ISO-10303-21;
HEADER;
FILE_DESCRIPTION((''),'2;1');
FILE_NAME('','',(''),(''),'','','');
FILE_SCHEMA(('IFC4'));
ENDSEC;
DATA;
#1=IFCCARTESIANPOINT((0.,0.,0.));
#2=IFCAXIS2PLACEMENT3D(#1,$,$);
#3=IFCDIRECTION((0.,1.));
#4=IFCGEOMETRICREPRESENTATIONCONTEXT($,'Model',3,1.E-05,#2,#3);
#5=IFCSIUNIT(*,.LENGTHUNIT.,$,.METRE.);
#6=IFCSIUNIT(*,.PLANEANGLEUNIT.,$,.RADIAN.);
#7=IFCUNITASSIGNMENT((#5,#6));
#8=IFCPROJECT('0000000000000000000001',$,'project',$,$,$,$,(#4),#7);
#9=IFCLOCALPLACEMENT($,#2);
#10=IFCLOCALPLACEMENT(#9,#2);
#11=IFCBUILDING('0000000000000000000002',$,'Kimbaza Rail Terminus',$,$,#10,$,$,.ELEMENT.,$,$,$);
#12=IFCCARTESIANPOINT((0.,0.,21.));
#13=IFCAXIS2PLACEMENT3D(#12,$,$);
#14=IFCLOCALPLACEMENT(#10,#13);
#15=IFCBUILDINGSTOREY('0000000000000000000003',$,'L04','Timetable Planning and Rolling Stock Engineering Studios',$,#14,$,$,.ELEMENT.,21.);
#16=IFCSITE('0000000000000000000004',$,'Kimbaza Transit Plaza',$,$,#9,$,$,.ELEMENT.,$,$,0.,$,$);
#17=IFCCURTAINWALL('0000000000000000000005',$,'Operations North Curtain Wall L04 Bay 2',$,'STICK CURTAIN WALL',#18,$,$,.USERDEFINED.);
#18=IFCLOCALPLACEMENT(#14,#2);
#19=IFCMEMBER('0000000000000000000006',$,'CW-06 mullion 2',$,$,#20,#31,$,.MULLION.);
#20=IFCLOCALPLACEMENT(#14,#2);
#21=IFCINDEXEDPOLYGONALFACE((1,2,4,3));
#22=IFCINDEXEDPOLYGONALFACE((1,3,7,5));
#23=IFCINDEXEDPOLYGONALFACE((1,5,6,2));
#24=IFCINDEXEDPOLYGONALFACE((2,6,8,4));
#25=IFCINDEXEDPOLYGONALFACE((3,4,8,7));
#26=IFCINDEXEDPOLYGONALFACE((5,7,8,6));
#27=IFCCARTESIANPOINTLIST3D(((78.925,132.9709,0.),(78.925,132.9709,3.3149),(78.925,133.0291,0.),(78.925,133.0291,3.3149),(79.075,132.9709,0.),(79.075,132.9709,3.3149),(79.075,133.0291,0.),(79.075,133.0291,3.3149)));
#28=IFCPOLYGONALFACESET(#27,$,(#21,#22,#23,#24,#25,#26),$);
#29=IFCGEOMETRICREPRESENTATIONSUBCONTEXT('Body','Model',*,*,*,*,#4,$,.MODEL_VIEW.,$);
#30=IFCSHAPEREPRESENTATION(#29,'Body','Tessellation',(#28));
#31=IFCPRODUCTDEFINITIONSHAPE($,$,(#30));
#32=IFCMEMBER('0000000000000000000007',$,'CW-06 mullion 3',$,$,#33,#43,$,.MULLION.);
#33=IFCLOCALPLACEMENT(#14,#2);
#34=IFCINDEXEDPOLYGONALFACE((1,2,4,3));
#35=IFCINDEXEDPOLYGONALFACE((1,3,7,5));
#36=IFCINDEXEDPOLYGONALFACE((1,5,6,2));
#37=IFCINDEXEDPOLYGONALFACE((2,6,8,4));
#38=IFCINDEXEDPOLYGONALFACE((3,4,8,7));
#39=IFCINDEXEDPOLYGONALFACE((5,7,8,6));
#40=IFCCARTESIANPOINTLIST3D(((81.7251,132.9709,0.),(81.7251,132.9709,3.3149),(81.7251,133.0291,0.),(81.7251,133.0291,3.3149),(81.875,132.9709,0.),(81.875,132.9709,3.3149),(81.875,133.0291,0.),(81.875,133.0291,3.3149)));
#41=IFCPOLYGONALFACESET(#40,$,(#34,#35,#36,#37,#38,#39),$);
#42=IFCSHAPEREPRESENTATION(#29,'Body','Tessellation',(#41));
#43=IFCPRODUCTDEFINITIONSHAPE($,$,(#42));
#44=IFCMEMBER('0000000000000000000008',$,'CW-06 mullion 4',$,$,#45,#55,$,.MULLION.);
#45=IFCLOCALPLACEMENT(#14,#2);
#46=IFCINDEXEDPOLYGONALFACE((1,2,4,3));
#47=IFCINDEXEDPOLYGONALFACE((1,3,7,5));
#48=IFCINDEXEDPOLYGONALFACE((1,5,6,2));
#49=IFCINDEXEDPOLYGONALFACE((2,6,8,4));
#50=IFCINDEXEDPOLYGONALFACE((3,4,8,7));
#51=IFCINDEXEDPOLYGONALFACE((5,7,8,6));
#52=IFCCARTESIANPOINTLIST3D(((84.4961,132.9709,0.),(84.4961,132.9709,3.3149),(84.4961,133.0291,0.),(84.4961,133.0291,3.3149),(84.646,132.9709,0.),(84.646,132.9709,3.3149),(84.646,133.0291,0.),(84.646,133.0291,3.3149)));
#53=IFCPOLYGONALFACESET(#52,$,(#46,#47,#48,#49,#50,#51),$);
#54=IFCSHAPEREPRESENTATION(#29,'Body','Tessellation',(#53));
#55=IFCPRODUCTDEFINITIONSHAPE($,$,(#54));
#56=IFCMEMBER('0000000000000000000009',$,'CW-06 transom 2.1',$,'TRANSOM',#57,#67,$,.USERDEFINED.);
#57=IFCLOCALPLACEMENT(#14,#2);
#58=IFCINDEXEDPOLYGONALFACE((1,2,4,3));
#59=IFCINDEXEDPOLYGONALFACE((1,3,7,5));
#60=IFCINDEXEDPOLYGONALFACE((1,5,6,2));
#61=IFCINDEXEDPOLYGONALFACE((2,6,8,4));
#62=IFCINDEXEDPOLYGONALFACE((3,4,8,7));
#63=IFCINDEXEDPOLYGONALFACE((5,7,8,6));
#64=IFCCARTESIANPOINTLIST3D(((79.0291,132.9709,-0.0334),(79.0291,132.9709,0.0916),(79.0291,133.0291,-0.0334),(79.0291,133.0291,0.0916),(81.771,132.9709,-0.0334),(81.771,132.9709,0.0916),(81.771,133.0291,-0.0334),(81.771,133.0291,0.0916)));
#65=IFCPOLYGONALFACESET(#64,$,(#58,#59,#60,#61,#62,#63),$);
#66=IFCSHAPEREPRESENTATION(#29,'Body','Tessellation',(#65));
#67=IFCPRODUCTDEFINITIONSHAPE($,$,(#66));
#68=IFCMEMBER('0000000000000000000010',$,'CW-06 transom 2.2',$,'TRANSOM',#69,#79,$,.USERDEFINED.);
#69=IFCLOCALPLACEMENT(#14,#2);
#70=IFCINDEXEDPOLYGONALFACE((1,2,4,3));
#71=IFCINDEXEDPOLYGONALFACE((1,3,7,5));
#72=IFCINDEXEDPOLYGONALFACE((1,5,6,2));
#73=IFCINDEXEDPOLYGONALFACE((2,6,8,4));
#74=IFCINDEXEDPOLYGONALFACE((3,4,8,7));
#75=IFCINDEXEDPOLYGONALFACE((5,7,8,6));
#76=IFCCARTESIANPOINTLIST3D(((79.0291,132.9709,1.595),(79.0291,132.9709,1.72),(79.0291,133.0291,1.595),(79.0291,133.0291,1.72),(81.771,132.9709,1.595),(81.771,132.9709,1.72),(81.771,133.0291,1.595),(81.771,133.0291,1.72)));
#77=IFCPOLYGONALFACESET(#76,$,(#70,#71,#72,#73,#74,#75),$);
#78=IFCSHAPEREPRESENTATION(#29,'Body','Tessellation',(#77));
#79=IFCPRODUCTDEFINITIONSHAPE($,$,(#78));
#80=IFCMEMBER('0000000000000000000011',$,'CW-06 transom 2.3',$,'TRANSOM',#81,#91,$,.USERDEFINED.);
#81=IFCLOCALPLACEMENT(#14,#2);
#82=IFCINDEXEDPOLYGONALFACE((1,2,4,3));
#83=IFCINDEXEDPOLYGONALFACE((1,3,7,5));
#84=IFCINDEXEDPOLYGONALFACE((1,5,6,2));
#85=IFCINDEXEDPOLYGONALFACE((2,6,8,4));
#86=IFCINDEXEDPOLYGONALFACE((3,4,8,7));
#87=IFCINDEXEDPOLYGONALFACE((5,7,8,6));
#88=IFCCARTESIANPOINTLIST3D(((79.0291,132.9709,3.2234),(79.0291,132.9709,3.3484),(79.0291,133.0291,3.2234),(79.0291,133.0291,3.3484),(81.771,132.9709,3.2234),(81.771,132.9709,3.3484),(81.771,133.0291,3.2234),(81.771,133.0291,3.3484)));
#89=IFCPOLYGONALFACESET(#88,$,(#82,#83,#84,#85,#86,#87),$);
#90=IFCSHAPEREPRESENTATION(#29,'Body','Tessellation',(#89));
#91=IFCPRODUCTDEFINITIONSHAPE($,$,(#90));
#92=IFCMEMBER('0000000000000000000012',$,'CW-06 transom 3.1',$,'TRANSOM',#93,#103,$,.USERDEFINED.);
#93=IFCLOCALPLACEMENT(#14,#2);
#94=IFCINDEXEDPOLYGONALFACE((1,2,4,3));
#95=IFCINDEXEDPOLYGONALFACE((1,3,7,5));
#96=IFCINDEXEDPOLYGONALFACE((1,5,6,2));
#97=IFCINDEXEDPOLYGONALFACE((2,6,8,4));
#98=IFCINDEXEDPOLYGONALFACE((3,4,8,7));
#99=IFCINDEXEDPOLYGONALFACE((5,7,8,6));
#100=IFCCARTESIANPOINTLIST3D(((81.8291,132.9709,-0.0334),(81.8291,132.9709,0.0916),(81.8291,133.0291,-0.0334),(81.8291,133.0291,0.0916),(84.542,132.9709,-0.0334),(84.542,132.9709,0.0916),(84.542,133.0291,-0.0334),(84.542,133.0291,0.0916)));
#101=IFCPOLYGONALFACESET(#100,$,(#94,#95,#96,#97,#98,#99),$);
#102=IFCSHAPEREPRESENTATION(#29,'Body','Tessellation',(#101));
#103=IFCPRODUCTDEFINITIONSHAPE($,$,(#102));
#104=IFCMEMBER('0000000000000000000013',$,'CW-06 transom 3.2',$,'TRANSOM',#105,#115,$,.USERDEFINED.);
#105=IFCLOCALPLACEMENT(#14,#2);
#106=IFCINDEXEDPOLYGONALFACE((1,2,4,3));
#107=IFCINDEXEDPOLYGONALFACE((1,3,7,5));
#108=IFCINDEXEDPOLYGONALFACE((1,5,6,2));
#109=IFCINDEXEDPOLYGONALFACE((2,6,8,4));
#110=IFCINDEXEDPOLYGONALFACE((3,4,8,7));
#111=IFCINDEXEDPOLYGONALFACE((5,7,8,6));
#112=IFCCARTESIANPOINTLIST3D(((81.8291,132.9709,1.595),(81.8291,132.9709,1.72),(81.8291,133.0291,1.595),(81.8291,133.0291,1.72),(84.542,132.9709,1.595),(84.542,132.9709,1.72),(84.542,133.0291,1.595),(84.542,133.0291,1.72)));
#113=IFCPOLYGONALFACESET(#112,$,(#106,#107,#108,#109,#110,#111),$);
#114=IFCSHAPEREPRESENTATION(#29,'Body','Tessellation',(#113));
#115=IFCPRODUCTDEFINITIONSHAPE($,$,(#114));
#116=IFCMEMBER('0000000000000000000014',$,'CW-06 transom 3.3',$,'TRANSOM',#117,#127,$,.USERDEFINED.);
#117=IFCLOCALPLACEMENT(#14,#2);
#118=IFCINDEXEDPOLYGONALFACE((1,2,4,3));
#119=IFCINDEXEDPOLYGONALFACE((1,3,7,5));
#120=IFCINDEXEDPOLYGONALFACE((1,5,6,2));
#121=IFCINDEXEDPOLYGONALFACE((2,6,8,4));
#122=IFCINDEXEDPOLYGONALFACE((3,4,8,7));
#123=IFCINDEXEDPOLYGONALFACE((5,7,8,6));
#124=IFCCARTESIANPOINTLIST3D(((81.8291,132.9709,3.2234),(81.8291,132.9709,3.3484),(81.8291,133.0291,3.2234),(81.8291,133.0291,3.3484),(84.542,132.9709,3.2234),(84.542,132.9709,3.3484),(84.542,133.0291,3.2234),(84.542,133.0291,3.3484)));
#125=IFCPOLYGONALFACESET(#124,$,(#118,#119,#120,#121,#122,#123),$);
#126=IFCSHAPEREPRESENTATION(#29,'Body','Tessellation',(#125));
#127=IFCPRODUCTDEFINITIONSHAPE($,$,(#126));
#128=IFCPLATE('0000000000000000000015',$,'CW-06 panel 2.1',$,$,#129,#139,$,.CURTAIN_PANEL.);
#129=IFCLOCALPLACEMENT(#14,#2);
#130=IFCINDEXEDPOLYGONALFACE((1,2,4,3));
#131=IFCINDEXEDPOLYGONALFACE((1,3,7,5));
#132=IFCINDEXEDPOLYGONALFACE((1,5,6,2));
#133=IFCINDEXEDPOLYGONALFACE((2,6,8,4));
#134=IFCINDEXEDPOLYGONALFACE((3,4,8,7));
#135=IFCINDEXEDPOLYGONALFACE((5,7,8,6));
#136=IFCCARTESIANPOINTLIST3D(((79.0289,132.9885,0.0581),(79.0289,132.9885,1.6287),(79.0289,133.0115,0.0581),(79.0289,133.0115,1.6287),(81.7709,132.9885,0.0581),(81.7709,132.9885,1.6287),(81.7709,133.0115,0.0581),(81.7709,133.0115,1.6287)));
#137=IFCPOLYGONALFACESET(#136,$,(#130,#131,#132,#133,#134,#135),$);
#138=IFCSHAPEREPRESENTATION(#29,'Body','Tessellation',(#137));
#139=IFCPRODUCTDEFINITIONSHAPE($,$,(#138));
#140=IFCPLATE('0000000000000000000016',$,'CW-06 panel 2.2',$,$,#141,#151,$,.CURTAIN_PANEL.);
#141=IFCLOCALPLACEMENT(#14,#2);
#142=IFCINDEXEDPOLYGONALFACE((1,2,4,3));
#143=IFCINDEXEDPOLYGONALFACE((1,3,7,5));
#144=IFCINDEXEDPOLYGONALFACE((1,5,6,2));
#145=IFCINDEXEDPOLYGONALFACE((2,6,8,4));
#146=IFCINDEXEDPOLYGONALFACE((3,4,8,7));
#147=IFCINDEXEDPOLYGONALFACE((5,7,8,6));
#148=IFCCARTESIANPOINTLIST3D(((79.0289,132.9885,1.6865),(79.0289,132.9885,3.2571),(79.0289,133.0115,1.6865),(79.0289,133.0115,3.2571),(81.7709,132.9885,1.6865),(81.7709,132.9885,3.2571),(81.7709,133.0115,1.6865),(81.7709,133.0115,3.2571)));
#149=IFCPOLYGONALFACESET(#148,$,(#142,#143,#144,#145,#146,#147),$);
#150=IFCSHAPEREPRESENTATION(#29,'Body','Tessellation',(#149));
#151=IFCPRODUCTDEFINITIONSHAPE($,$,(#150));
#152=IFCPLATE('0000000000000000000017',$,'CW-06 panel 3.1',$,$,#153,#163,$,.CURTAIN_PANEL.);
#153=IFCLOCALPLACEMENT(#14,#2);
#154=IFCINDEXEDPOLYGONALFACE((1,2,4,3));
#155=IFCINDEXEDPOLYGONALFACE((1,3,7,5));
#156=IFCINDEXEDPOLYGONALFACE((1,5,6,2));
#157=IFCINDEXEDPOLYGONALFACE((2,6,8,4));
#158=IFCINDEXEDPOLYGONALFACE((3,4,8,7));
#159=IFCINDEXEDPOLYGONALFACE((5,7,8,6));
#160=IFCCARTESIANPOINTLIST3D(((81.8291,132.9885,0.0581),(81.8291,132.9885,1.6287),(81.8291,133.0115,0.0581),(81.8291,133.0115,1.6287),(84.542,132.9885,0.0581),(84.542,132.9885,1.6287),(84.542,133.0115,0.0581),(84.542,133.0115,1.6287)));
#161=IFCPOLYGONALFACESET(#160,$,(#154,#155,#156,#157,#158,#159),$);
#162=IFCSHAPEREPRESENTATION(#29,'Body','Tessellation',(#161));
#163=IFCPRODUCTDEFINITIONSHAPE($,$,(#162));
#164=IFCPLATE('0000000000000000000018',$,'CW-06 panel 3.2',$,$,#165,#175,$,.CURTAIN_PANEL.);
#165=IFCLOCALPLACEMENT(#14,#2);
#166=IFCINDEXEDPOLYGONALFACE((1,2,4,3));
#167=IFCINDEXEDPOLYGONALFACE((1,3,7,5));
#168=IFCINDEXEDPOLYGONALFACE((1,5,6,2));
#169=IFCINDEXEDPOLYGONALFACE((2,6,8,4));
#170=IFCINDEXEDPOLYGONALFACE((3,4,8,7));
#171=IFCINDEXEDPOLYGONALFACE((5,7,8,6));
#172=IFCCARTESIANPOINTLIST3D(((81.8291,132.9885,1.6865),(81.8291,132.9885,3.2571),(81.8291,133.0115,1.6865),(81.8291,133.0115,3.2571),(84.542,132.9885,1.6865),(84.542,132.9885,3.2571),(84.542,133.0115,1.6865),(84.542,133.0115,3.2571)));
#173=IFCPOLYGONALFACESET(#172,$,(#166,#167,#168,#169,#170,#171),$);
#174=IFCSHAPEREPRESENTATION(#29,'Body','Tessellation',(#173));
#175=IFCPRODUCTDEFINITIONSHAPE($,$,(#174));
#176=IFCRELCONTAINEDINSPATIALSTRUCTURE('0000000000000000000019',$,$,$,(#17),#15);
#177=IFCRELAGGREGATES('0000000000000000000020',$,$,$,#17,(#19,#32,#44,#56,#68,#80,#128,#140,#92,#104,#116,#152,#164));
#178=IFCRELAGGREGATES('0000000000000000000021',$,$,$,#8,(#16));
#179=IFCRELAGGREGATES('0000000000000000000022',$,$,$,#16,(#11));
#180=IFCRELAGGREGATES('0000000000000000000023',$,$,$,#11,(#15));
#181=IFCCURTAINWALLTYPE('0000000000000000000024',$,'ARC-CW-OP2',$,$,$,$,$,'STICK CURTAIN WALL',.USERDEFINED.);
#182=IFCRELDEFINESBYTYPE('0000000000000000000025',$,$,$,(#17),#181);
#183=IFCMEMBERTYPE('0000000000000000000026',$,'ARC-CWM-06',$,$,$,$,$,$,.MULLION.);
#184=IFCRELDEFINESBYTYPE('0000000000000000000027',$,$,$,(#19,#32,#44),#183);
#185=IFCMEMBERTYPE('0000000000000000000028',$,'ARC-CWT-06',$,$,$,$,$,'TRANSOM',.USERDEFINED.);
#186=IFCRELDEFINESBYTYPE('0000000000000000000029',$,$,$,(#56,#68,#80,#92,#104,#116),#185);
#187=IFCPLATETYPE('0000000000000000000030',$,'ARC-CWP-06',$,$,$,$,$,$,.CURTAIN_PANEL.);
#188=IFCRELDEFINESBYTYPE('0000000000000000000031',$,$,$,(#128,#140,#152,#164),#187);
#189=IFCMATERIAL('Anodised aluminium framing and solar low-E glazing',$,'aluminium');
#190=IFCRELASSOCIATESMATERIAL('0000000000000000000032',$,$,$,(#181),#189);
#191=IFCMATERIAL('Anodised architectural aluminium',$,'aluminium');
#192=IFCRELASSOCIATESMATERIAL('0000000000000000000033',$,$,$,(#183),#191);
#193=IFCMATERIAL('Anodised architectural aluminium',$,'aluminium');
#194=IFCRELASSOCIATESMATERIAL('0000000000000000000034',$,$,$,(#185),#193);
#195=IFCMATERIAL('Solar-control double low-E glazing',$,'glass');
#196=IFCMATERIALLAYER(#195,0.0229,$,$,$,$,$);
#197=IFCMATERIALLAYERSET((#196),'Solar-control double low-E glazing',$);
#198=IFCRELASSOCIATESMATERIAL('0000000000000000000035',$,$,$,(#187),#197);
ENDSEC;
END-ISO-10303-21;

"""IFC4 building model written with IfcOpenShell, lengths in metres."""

from ifc_helpers import new_model, si_unit, direction, frame, origin, origin_2d, place, context, subcontext, project, spatial, rectangle, extrude, material, layer, layer_set, material_profile, profile_set, type_object, element, aggregate, save


model = new_model("IFC4")

# Units and contexts
model_context = context("Model", 3, precision=1e-05, world=origin(), true_north=direction((0.0, 1.0)))
body_context = subcontext(model_context, "Body", "Model", "MODEL_VIEW")
ifc_project = project(units=[si_unit("LENGTHUNIT", "METRE"), si_unit("PLANEANGLEUNIT", "RADIAN")], contexts=[model_context])

# Site, building, storey
site_placement = place(None, origin())
site = spatial("IfcSite", under=ifc_project, at=site_placement, Name="Kimbaza Transit Plaza", CompositionType="ELEMENT", RefElevation=0.0)
building_placement = place(site_placement, origin())
building = spatial("IfcBuilding", under=site, at=building_placement, Name="Kimbaza Rail Terminus", CompositionType="ELEMENT")
storey_placement = place(building_placement, frame((0.0, 0.0, 21.0)))
storey = spatial("IfcBuildingStorey", under=building, at=storey_placement, Name="L04", Description="Timetable Planning and Rolling Stock Engineering Studios", CompositionType="ELEMENT", Elevation=21.0)

# Curtain wall, members, plates
ifc_material_1 = material(Name="Anodised aluminium framing and solar low-E glazing", Category="aluminium")
curtain_wall_type = type_object("IfcCurtainWallType", Name="ARC-CW-OP2", ElementType="STICK CURTAIN WALL", PredefinedType="USERDEFINED", material=ifc_material_1)
curtain_wall_placement = place(storey_placement, origin())
curtain_wall = element("IfcCurtainWall", 1, at=curtain_wall_placement, inside=storey, type_object=curtain_wall_type, Name="Operations North Curtain Wall L04 Bay 2", ObjectType="STICK CURTAIN WALL", PredefinedType="USERDEFINED")
ifc_material_2 = material(Name="Anodised architectural aluminium", Category="aluminium")
ifc_material_profile_1 = material_profile(ifc_material_2, rectangle(XDim=0.0581, YDim=0.1499, at=origin_2d()), Name="MULLION 58x150")
ifc_profile_set_1 = profile_set([ifc_material_profile_1], Name="Anodised architectural aluminium")
member_type_1 = type_object("IfcMemberType", Name="ARC-CWM-06", PredefinedType="MULLION", material=ifc_profile_set_1)
member_1_placement = place(storey_placement, frame((79.0, 133.0, 0.0), z_axis=(0.0, 0.0, 1.0), x_axis=(0.0, 1.0, 0.0)))
member_1 = element("IfcMember", 2, at=member_1_placement, type_object=member_type_1, Name="CW-06 mullion 2", PredefinedType="MULLION", context=body_context, shape_type="SweptSolid", body=[
    extrude(rectangle(XDim=0.0581, YDim=0.1499, at=origin_2d()), origin(), (0.0, 0.0, 1.0), 3.3149),
])
member_2_placement = place(storey_placement, frame((81.8, 133.0, 0.0), z_axis=(0.0, 0.0, 1.0), x_axis=(0.0, 1.0, 0.0)))
member_2 = element("IfcMember", 3, at=member_2_placement, type_object=member_type_1, Name="CW-06 mullion 3", PredefinedType="MULLION", context=body_context, shape_type="SweptSolid", body=[
    extrude(rectangle(XDim=0.0581, YDim=0.1499, at=origin_2d()), origin(), (0.0, 0.0, 1.0), 3.3149),
])
member_3_placement = place(storey_placement, frame((84.571, 133.0, 0.0), z_axis=(0.0, 0.0, 1.0), x_axis=(0.0, 1.0, 0.0)))
member_3 = element("IfcMember", 4, at=member_3_placement, type_object=member_type_1, Name="CW-06 mullion 4", PredefinedType="MULLION", context=body_context, shape_type="SweptSolid", body=[
    extrude(rectangle(XDim=0.0581, YDim=0.1499, at=origin_2d()), origin(), (0.0, 0.0, 1.0), 3.3149),
])
ifc_material_3 = material(Name="Anodised architectural aluminium", Category="aluminium")
ifc_material_profile_2 = material_profile(ifc_material_3, rectangle(XDim=0.0581, YDim=0.125, at=origin_2d()), Name="TRANSOM 58x125")
ifc_profile_set_2 = profile_set([ifc_material_profile_2], Name="Anodised architectural aluminium")
member_type_2 = type_object("IfcMemberType", Name="ARC-CWT-06", ElementType="TRANSOM", PredefinedType="USERDEFINED", material=ifc_profile_set_2)
member_4_placement = place(storey_placement, frame((79.0291, 133.0, 0.0291), z_axis=(1.0, 0.0, 0.0), x_axis=(0.0, 1.0, 0.0)))
member_4 = element("IfcMember", 5, at=member_4_placement, type_object=member_type_2, Name="CW-06 transom 2.1", ObjectType="TRANSOM", PredefinedType="USERDEFINED", context=body_context, shape_type="SweptSolid", body=[
    extrude(rectangle(XDim=0.0581, YDim=0.125, at=origin_2d()), origin(), (0.0, 0.0, 1.0), 2.7419),
])
member_5_placement = place(storey_placement, frame((79.0291, 133.0, 1.6575), z_axis=(1.0, 0.0, 0.0), x_axis=(0.0, 1.0, 0.0)))
member_5 = element("IfcMember", 6, at=member_5_placement, type_object=member_type_2, Name="CW-06 transom 2.2", ObjectType="TRANSOM", PredefinedType="USERDEFINED", context=body_context, shape_type="SweptSolid", body=[
    extrude(rectangle(XDim=0.0581, YDim=0.125, at=origin_2d()), origin(), (0.0, 0.0, 1.0), 2.7419),
])
member_6_placement = place(storey_placement, frame((79.0291, 133.0, 3.2859), z_axis=(1.0, 0.0, 0.0), x_axis=(0.0, 1.0, 0.0)))
member_6 = element("IfcMember", 7, at=member_6_placement, type_object=member_type_2, Name="CW-06 transom 2.3", ObjectType="TRANSOM", PredefinedType="USERDEFINED", context=body_context, shape_type="SweptSolid", body=[
    extrude(rectangle(XDim=0.0581, YDim=0.125, at=origin_2d()), origin(), (0.0, 0.0, 1.0), 2.7419),
])
member_7_placement = place(storey_placement, frame((81.8291, 133.0, 0.0291), z_axis=(1.0, 0.0, 0.0), x_axis=(0.0, 1.0, 0.0)))
member_7 = element("IfcMember", 8, at=member_7_placement, type_object=member_type_2, Name="CW-06 transom 3.1", ObjectType="TRANSOM", PredefinedType="USERDEFINED", context=body_context, shape_type="SweptSolid", body=[
    extrude(rectangle(XDim=0.0581, YDim=0.125, at=origin_2d()), origin(), (0.0, 0.0, 1.0), 2.7129),
])
member_8_placement = place(storey_placement, frame((81.8291, 133.0, 1.6575), z_axis=(1.0, 0.0, 0.0), x_axis=(0.0, 1.0, 0.0)))
member_8 = element("IfcMember", 9, at=member_8_placement, type_object=member_type_2, Name="CW-06 transom 3.2", ObjectType="TRANSOM", PredefinedType="USERDEFINED", context=body_context, shape_type="SweptSolid", body=[
    extrude(rectangle(XDim=0.0581, YDim=0.125, at=origin_2d()), origin(), (0.0, 0.0, 1.0), 2.7129),
])
member_9_placement = place(storey_placement, frame((81.8291, 133.0, 3.2859), z_axis=(1.0, 0.0, 0.0), x_axis=(0.0, 1.0, 0.0)))
member_9 = element("IfcMember", 10, at=member_9_placement, type_object=member_type_2, Name="CW-06 transom 3.3", ObjectType="TRANSOM", PredefinedType="USERDEFINED", context=body_context, shape_type="SweptSolid", body=[
    extrude(rectangle(XDim=0.0581, YDim=0.125, at=origin_2d()), origin(), (0.0, 0.0, 1.0), 2.7129),
])
ifc_material_4 = material(Name="Solar-control double low-E glazing", Category="glass")
ifc_layer_1 = layer(ifc_material_4, 0.0229)
ifc_layer_set_1 = layer_set([ifc_layer_1], Name="Solar-control double low-E glazing")
plate_type = type_object("IfcPlateType", Name="ARC-CWP-06", PredefinedType="CURTAIN_PANEL", material=ifc_layer_set_1)
plate_1_placement = place(storey_placement, frame((80.3999, 133.0, 0.0581), z_axis=(0.0, 0.0, 1.0), x_axis=(1.0, 0.0, 0.0)))
plate_1 = element("IfcPlate", 11, at=plate_1_placement, type_object=plate_type, Name="CW-06 panel 2.1", PredefinedType="CURTAIN_PANEL", context=body_context, shape_type="SweptSolid", body=[
    extrude(rectangle(XDim=2.7419, YDim=0.0229, at=origin_2d()), origin(), (0.0, 0.0, 1.0), 1.5706),
])
plate_2_placement = place(storey_placement, frame((80.3999, 133.0, 1.6865), z_axis=(0.0, 0.0, 1.0), x_axis=(1.0, 0.0, 0.0)))
plate_2 = element("IfcPlate", 12, at=plate_2_placement, type_object=plate_type, Name="CW-06 panel 2.2", PredefinedType="CURTAIN_PANEL", context=body_context, shape_type="SweptSolid", body=[
    extrude(rectangle(XDim=2.7419, YDim=0.0229, at=origin_2d()), origin(), (0.0, 0.0, 1.0), 1.5706),
])
plate_3_placement = place(storey_placement, frame((83.1855, 133.0, 0.0581), z_axis=(0.0, 0.0, 1.0), x_axis=(1.0, 0.0, 0.0)))
plate_3 = element("IfcPlate", 13, at=plate_3_placement, type_object=plate_type, Name="CW-06 panel 3.1", PredefinedType="CURTAIN_PANEL", context=body_context, shape_type="SweptSolid", body=[
    extrude(rectangle(XDim=2.7129, YDim=0.0229, at=origin_2d()), origin(), (0.0, 0.0, 1.0), 1.5706),
])
plate_4_placement = place(storey_placement, frame((83.1855, 133.0, 1.6865), z_axis=(0.0, 0.0, 1.0), x_axis=(1.0, 0.0, 0.0)))
plate_4 = element("IfcPlate", 14, at=plate_4_placement, type_object=plate_type, Name="CW-06 panel 3.2", PredefinedType="CURTAIN_PANEL", context=body_context, shape_type="SweptSolid", body=[
    extrude(rectangle(XDim=2.7129, YDim=0.0229, at=origin_2d()), origin(), (0.0, 0.0, 1.0), 1.5706),
])
aggregate(curtain_wall, [member_1, member_2, member_3, member_4, member_5, member_6, plate_1, plate_2, member_7, member_8, member_9, plate_3, plate_4])

save(model, "model.ifc")
